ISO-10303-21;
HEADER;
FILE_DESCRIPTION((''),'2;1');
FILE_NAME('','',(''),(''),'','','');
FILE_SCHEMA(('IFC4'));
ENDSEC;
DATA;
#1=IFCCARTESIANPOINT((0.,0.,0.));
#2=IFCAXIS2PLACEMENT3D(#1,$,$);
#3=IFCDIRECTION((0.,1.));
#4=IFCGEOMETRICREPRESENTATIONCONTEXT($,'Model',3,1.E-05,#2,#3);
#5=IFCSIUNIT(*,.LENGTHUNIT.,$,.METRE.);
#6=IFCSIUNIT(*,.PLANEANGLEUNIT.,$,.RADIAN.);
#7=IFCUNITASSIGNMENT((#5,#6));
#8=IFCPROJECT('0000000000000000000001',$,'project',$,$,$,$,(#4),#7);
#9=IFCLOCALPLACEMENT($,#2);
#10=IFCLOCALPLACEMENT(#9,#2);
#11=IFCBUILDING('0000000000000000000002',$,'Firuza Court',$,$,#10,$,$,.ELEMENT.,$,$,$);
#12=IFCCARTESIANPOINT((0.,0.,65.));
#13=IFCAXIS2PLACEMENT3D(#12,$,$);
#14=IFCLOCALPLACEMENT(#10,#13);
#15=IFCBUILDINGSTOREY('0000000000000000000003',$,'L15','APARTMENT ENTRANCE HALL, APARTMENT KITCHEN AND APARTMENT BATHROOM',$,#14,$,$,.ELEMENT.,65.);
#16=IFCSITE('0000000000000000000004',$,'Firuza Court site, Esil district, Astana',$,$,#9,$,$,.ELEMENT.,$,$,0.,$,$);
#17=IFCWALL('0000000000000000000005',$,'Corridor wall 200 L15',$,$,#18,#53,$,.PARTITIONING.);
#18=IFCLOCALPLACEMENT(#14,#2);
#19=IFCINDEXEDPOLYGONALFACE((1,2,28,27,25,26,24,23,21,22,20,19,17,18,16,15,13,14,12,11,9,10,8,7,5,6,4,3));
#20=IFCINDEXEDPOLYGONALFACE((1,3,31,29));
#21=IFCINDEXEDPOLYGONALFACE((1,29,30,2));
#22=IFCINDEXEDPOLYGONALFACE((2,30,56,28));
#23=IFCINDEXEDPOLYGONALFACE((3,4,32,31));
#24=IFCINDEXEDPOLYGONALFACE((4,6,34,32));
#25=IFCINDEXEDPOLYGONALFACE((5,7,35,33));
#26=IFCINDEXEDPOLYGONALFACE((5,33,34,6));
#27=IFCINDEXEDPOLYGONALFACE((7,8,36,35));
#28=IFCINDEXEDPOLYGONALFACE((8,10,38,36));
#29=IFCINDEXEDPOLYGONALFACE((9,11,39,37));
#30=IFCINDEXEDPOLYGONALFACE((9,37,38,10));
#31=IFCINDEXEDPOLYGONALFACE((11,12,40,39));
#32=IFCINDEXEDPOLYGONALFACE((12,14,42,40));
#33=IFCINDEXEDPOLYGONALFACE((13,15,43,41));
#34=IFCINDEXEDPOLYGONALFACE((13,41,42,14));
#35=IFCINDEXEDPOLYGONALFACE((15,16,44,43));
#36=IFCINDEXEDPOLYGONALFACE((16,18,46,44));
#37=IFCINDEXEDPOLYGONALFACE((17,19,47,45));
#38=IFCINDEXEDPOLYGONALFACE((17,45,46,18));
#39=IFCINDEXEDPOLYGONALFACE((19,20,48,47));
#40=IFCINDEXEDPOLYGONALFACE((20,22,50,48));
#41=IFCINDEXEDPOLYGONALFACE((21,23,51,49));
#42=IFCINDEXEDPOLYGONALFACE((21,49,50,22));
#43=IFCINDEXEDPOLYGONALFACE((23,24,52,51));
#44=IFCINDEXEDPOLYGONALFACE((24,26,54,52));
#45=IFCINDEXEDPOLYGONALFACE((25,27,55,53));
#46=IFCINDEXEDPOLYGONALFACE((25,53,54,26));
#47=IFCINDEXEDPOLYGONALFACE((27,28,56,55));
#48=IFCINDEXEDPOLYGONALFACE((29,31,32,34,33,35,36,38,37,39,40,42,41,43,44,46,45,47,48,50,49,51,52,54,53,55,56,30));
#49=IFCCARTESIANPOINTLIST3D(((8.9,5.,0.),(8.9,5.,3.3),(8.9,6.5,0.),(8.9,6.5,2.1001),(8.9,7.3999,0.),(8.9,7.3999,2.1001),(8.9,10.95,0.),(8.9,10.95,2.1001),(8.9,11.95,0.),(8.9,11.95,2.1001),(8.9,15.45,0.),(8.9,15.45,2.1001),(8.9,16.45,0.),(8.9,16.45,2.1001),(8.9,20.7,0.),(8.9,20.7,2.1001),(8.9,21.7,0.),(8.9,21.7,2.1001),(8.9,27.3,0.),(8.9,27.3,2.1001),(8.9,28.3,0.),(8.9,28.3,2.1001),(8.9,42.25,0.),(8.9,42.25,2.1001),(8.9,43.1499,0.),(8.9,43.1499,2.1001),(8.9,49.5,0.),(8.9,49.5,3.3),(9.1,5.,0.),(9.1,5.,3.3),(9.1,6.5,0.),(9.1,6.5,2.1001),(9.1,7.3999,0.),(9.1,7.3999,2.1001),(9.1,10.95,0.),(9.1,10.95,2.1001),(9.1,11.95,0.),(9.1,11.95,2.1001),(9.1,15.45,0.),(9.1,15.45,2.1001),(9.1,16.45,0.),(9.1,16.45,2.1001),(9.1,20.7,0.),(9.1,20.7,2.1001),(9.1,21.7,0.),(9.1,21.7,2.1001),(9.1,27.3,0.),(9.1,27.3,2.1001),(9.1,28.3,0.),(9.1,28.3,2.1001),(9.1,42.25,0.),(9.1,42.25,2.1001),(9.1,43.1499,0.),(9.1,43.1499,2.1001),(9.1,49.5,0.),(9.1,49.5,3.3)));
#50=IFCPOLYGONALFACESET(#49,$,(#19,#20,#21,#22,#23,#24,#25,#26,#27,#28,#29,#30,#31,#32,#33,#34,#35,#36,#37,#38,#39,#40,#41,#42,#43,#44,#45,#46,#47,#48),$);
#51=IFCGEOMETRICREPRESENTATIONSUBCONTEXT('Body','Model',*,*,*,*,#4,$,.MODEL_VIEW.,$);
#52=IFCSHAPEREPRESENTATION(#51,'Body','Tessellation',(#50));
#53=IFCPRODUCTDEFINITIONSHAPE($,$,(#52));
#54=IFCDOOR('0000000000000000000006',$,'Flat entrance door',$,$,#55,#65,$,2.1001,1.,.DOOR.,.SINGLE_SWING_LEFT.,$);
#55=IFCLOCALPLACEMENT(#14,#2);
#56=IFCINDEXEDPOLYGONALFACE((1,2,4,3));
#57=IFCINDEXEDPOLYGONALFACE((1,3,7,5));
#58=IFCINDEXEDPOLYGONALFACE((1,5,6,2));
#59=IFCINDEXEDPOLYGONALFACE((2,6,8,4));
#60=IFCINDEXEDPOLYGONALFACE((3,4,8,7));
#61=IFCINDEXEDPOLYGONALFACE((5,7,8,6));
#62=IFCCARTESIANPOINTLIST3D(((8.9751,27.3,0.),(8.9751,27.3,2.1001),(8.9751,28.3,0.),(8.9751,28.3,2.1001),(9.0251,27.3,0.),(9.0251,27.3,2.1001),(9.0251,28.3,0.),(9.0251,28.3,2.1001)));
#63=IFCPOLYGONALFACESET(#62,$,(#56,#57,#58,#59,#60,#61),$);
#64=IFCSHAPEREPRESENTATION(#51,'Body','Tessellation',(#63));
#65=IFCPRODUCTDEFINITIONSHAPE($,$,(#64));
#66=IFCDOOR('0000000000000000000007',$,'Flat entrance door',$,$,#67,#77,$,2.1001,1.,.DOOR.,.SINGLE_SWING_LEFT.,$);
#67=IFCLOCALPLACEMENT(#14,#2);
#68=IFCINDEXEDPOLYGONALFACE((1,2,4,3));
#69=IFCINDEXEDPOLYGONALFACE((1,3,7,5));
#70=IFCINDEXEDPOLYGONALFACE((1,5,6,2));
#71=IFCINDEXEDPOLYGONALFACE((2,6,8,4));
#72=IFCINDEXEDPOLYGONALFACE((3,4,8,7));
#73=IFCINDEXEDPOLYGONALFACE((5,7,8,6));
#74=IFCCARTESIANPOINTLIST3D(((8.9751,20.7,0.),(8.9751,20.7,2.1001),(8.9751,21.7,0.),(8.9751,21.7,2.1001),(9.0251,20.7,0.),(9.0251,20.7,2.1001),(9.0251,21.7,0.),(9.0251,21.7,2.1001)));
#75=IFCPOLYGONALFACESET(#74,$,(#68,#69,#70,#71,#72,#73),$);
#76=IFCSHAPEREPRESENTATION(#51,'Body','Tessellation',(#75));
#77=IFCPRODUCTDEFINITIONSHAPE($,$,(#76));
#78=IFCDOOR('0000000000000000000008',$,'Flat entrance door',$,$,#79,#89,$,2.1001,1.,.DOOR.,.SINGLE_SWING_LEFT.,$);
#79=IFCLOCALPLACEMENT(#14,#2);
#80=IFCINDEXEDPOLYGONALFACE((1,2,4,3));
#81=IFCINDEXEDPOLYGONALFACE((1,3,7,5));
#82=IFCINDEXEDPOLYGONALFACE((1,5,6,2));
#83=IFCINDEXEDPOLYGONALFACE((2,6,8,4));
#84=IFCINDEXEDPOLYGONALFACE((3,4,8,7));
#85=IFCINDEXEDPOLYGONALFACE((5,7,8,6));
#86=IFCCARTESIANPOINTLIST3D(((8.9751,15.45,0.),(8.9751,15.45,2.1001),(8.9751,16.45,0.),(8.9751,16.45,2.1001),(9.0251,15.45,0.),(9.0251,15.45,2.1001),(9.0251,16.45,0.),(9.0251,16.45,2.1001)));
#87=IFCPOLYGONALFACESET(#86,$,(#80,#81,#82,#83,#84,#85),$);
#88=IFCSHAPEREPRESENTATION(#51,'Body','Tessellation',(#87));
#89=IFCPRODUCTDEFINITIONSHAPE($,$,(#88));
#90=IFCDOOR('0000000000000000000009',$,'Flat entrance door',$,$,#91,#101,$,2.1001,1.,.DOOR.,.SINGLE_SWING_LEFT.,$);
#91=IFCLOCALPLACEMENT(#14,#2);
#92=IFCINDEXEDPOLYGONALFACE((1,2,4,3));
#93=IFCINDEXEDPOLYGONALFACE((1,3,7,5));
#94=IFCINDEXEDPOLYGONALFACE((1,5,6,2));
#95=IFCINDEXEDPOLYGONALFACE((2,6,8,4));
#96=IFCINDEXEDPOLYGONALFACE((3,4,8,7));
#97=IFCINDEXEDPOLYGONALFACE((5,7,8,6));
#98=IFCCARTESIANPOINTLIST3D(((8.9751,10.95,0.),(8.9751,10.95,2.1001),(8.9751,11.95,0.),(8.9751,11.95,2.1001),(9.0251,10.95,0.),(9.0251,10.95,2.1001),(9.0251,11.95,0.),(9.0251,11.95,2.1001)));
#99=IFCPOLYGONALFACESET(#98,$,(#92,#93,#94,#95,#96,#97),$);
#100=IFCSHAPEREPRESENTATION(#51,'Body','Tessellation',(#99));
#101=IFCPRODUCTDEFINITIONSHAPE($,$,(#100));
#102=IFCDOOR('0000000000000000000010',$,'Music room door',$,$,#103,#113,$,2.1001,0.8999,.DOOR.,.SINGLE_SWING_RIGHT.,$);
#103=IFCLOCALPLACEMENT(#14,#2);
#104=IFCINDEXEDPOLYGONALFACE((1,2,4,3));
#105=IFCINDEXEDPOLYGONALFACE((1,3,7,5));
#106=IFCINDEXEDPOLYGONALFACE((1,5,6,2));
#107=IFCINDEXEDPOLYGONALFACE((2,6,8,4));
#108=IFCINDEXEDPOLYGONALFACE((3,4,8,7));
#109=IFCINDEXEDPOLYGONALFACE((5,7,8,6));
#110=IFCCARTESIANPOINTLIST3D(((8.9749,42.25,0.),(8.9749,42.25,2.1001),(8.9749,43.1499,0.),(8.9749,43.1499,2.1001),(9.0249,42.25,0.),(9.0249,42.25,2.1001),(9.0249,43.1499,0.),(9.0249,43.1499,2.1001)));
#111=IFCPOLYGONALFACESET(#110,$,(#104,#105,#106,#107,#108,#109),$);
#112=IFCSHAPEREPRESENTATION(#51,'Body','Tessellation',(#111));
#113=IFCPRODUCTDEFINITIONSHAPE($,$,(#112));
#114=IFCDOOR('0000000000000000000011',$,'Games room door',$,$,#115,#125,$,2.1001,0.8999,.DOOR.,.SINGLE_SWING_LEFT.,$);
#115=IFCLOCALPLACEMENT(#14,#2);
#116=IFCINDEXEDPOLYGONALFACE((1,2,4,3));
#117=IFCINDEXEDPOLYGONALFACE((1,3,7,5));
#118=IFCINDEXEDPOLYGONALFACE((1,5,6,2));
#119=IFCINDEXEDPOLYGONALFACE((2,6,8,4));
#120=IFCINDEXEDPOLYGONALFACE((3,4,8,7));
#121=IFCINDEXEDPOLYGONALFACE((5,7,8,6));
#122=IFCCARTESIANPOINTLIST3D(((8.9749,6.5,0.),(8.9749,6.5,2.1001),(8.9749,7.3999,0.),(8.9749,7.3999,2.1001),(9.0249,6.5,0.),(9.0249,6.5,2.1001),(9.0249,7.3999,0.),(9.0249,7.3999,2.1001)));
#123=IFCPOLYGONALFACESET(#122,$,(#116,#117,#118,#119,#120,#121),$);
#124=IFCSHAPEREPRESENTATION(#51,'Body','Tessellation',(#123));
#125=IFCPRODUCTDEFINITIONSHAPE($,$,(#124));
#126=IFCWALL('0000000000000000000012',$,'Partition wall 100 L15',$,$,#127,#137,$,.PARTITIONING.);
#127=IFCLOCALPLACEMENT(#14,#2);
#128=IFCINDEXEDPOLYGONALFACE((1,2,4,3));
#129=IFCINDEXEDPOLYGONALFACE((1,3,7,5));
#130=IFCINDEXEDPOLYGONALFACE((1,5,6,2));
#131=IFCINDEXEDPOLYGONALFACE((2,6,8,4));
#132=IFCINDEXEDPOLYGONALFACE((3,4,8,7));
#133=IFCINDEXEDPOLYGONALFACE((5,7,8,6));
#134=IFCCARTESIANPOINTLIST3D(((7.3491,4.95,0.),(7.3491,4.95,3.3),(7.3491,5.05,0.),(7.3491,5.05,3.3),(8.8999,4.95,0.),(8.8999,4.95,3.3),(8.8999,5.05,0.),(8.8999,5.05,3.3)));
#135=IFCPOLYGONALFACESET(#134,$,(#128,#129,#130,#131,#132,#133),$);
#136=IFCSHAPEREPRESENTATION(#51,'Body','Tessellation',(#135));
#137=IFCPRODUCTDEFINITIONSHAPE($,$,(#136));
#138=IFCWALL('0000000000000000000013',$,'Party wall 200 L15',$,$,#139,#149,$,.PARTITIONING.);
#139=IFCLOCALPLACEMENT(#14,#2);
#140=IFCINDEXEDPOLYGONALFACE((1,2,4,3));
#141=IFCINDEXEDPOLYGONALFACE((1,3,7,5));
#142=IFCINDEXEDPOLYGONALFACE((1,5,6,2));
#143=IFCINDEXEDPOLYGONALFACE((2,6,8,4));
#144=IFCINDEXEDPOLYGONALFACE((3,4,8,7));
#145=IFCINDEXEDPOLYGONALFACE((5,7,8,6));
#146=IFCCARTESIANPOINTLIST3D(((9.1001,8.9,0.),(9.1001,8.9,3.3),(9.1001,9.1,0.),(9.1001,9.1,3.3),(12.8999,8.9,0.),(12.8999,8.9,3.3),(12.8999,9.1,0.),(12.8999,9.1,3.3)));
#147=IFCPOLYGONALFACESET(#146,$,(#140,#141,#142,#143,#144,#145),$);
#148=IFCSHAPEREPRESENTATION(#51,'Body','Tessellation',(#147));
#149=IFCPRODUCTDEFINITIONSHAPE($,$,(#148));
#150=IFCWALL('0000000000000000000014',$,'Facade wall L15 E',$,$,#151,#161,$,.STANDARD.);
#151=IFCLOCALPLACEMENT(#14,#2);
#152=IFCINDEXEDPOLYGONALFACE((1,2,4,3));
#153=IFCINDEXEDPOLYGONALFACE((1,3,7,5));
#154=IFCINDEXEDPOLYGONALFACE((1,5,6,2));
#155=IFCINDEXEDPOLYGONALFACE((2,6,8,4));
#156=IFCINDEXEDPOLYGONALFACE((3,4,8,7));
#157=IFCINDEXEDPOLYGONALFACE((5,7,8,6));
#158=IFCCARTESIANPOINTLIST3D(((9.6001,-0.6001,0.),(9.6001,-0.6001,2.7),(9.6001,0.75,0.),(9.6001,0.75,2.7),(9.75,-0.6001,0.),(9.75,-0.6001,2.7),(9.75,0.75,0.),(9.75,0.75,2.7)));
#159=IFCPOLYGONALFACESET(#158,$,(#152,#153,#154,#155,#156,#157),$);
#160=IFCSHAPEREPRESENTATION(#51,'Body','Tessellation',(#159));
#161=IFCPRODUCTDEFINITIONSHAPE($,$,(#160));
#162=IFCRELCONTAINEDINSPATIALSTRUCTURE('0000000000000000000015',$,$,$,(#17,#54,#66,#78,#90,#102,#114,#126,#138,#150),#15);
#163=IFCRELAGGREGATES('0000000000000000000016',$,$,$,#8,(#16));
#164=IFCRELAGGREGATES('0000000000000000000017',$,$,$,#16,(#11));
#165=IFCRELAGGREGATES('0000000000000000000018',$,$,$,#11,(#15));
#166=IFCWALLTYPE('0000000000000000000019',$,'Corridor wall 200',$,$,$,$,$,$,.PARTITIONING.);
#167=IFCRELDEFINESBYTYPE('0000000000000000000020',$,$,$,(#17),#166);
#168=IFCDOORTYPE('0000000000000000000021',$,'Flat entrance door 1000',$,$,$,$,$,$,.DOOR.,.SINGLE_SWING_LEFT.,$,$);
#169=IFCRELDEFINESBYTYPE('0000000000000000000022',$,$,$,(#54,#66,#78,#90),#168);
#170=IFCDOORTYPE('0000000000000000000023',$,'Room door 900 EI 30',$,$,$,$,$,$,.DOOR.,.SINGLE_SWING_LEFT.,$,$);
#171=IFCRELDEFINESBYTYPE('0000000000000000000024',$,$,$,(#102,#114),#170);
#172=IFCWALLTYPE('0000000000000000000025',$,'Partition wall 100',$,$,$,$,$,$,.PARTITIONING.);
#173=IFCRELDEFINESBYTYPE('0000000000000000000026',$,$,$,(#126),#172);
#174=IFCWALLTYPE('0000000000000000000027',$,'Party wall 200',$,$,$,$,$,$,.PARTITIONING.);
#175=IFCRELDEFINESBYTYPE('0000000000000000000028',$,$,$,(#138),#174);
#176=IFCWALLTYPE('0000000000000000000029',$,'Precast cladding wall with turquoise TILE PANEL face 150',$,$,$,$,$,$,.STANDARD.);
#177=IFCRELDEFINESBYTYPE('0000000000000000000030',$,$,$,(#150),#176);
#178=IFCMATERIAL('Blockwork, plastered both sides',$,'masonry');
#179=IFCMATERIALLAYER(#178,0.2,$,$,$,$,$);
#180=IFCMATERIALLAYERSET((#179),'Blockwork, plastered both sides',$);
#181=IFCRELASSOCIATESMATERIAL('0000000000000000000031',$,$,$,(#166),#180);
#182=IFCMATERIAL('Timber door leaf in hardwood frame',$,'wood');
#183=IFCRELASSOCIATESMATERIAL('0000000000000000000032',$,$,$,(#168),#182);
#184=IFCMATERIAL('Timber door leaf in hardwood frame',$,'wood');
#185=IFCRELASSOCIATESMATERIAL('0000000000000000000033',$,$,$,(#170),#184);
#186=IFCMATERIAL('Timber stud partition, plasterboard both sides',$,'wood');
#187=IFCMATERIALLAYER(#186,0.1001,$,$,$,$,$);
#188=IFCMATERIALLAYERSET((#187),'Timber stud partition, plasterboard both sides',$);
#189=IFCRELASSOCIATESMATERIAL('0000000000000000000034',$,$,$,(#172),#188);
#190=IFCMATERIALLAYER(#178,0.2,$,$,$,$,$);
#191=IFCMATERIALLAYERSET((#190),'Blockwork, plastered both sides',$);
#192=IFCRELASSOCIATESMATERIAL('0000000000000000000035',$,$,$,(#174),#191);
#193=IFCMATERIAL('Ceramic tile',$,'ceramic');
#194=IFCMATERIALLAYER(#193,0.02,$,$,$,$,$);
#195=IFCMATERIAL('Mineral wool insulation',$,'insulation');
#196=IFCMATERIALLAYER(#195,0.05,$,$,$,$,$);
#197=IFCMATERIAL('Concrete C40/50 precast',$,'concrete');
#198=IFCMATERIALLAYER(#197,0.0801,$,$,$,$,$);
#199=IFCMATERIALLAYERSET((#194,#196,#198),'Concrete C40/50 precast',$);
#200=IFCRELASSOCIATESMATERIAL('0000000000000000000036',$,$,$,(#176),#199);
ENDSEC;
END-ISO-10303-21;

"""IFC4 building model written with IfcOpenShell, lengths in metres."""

from ifc_helpers import new_model, si_unit, direction, frame, frame_2d, origin, place, context, subcontext, project, spatial, rectangle, extrude, material, layer, layer_set, type_object, element, fill, save


model = new_model("IFC4")

# Units and contexts
model_context = context("Model", 3, precision=1e-05, world=origin(), true_north=direction((0.0, 1.0)))
body_context = subcontext(model_context, "Body", "Model", "MODEL_VIEW")
ifc_project = project(units=[si_unit("LENGTHUNIT", "METRE"), si_unit("PLANEANGLEUNIT", "RADIAN")], contexts=[model_context])

# Site, building, storey
site_placement = place(None, origin())
site = spatial("IfcSite", under=ifc_project, at=site_placement, Name="Firuza Court site, Esil district, Astana", CompositionType="ELEMENT", RefElevation=0.0)
building_placement = place(site_placement, origin())
building = spatial("IfcBuilding", under=site, at=building_placement, Name="Firuza Court", CompositionType="ELEMENT")
storey_placement = place(building_placement, frame((0.0, 0.0, 65.0)))
storey = spatial("IfcBuildingStorey", under=building, at=storey_placement, Name="L15", Description="APARTMENT ENTRANCE HALL, APARTMENT KITCHEN AND APARTMENT BATHROOM", CompositionType="ELEMENT", Elevation=65.0)

# Wall, openings, doors
ifc_material_1 = material(Name="Blockwork, plastered both sides", Category="masonry")
ifc_layer_1 = layer(ifc_material_1, 0.2)
ifc_layer_set_1 = layer_set([ifc_layer_1], Name="Blockwork, plastered both sides")
wall_type_1 = type_object("IfcWallType", Name="Corridor wall 200", PredefinedType="PARTITIONING", material=ifc_layer_set_1)
wall_1_placement = place(storey_placement, frame((9.0, 5.0, 0.0), z_axis=(0.0, 0.0, 1.0), x_axis=(0.0, 1.0, 0.0)))
wall_1 = element("IfcWall", 1, at=wall_1_placement, inside=storey, type_object=wall_type_1, Name="Corridor wall 200 L15", PredefinedType="PARTITIONING", context=body_context, shape_type="SweptSolid", body=[
    extrude(rectangle(XDim=44.5, YDim=0.2, at=frame_2d((22.25, 0.0))), origin(), (0.0, 0.0, 1.0), 3.3),
])
opening_1_placement = place(wall_1_placement, frame((22.3, 0.0, 0.0)))
opening_1 = element("IfcOpeningElement", 2, at=opening_1_placement, cuts=wall_1, PredefinedType="OPENING", context=body_context, shape_type="SweptSolid", body=[
    extrude(rectangle(XDim=1.0, YDim=2.1001, at=frame_2d((0.5, 1.05))), frame((0.0, 0.1118, 0.0), z_axis=(0.0, -1.0, 0.0), x_axis=(1.0, 0.0, 0.0)), (0.0, 0.0, 1.0), 0.2239),
])
opening_2_placement = place(wall_1_placement, frame((15.7, 0.0, 0.0)))
opening_2 = element("IfcOpeningElement", 3, at=opening_2_placement, cuts=wall_1, PredefinedType="OPENING", context=body_context, shape_type="SweptSolid", body=[
    extrude(rectangle(XDim=1.0, YDim=2.1001, at=frame_2d((0.5, 1.05))), frame((0.0, 0.1118, 0.0), z_axis=(0.0, -1.0, 0.0), x_axis=(1.0, 0.0, 0.0)), (0.0, 0.0, 1.0), 0.2239),
])
opening_3_placement = place(wall_1_placement, frame((10.45, 0.0, 0.0)))
opening_3 = element("IfcOpeningElement", 4, at=opening_3_placement, cuts=wall_1, PredefinedType="OPENING", context=body_context, shape_type="SweptSolid", body=[
    extrude(rectangle(XDim=1.0, YDim=2.1001, at=frame_2d((0.5, 1.05))), frame((0.0, 0.1118, 0.0), z_axis=(0.0, -1.0, 0.0), x_axis=(1.0, 0.0, 0.0)), (0.0, 0.0, 1.0), 0.2239),
])
opening_4_placement = place(wall_1_placement, frame((5.95, 0.0, 0.0)))
opening_4 = element("IfcOpeningElement", 5, at=opening_4_placement, cuts=wall_1, PredefinedType="OPENING", context=body_context, shape_type="SweptSolid", body=[
    extrude(rectangle(XDim=1.0, YDim=2.1001, at=frame_2d((0.5, 1.05))), frame((0.0, 0.1118, 0.0), z_axis=(0.0, -1.0, 0.0), x_axis=(1.0, 0.0, 0.0)), (0.0, 0.0, 1.0), 0.2239),
])
opening_5_placement = place(wall_1_placement, frame((37.25, 0.0, 0.0)))
opening_5 = element("IfcOpeningElement", 6, at=opening_5_placement, cuts=wall_1, PredefinedType="OPENING", context=body_context, shape_type="SweptSolid", body=[
    extrude(rectangle(XDim=0.8999, YDim=2.1001, at=frame_2d((0.45, 1.05))), frame((0.0, 0.1118, 0.0), z_axis=(0.0, -1.0, 0.0), x_axis=(1.0, 0.0, 0.0)), (0.0, 0.0, 1.0), 0.2239),
])
opening_6_placement = place(wall_1_placement, frame((1.5, 0.0, 0.0)))
opening_6 = element("IfcOpeningElement", 7, at=opening_6_placement, cuts=wall_1, PredefinedType="OPENING", context=body_context, shape_type="SweptSolid", body=[
    extrude(rectangle(XDim=0.8999, YDim=2.1001, at=frame_2d((0.45, 1.05))), frame((0.0, 0.1118, 0.0), z_axis=(0.0, -1.0, 0.0), x_axis=(1.0, 0.0, 0.0)), (0.0, 0.0, 1.0), 0.2239),
])
ifc_material_2 = material(Name="Timber door leaf in hardwood frame", Category="wood")
door_type_1 = type_object("IfcDoorType", Name="Flat entrance door 1000", OperationType="SINGLE_SWING_LEFT", PredefinedType="DOOR", material=ifc_material_2)
door_1_placement = place(opening_1_placement, origin())
door_1 = element("IfcDoor", 8, at=door_1_placement, inside=storey, type_object=door_type_1, Name="Flat entrance door", OperationType="SINGLE_SWING_LEFT", OverallHeight=2.1001, OverallWidth=1.0, PredefinedType="DOOR", context=body_context, shape_type="SweptSolid", body=[
    extrude(rectangle(XDim=1.0, YDim=2.1001, at=frame_2d((0.5, 1.05))), frame((0.0, 0.0249, 0.0), z_axis=(0.0, -1.0, 0.0), x_axis=(1.0, 0.0, 0.0)), (0.0, 0.0, 1.0), 0.05),
])
fill(opening_1, door_1)
door_2_placement = place(opening_2_placement, origin())
door_2 = element("IfcDoor", 9, at=door_2_placement, inside=storey, type_object=door_type_1, Name="Flat entrance door", OperationType="SINGLE_SWING_LEFT", OverallHeight=2.1001, OverallWidth=1.0, PredefinedType="DOOR", context=body_context, shape_type="SweptSolid", body=[
    extrude(rectangle(XDim=1.0, YDim=2.1001, at=frame_2d((0.5, 1.05))), frame((0.0, 0.0249, 0.0), z_axis=(0.0, -1.0, 0.0), x_axis=(1.0, 0.0, 0.0)), (0.0, 0.0, 1.0), 0.05),
])
fill(opening_2, door_2)
door_3_placement = place(opening_3_placement, origin())
door_3 = element("IfcDoor", 10, at=door_3_placement, inside=storey, type_object=door_type_1, Name="Flat entrance door", OperationType="SINGLE_SWING_LEFT", OverallHeight=2.1001, OverallWidth=1.0, PredefinedType="DOOR", context=body_context, shape_type="SweptSolid", body=[
    extrude(rectangle(XDim=1.0, YDim=2.1001, at=frame_2d((0.5, 1.05))), frame((0.0, 0.0249, 0.0), z_axis=(0.0, -1.0, 0.0), x_axis=(1.0, 0.0, 0.0)), (0.0, 0.0, 1.0), 0.05),
])
fill(opening_3, door_3)
door_4_placement = place(opening_4_placement, origin())
door_4 = element("IfcDoor", 11, at=door_4_placement, inside=storey, type_object=door_type_1, Name="Flat entrance door", OperationType="SINGLE_SWING_LEFT", OverallHeight=2.1001, OverallWidth=1.0, PredefinedType="DOOR", context=body_context, shape_type="SweptSolid", body=[
    extrude(rectangle(XDim=1.0, YDim=2.1001, at=frame_2d((0.5, 1.05))), frame((0.0, 0.0249, 0.0), z_axis=(0.0, -1.0, 0.0), x_axis=(1.0, 0.0, 0.0)), (0.0, 0.0, 1.0), 0.05),
])
fill(opening_4, door_4)
ifc_material_3 = material(Name="Timber door leaf in hardwood frame", Category="wood")
door_type_2 = type_object("IfcDoorType", Name="Room door 900 EI 30", OperationType="SINGLE_SWING_LEFT", PredefinedType="DOOR", material=ifc_material_3)
door_5_placement = place(opening_5_placement, frame((0.8999, 0.0, 0.0), z_axis=(0.0, 0.0, 1.0), x_axis=(-1.0, 0.0, 0.0)))
door_5 = element("IfcDoor", 12, at=door_5_placement, inside=storey, type_object=door_type_2, Name="Music room door", OperationType="SINGLE_SWING_RIGHT", OverallHeight=2.1001, OverallWidth=0.8999, PredefinedType="DOOR", context=body_context, shape_type="SweptSolid", body=[
    extrude(rectangle(XDim=0.8999, YDim=2.1001, at=frame_2d((0.45, 1.05))), frame((0.0, 0.0249, 0.0), z_axis=(0.0, -1.0, 0.0), x_axis=(1.0, 0.0, 0.0)), (0.0, 0.0, 1.0), 0.05),
])
fill(opening_5, door_5)
door_6_placement = place(opening_6_placement, frame((0.8999, 0.0, 0.0), z_axis=(0.0, 0.0, 1.0), x_axis=(-1.0, 0.0, 0.0)))
door_6 = element("IfcDoor", 13, at=door_6_placement, inside=storey, type_object=door_type_2, Name="Games room door", OperationType="SINGLE_SWING_LEFT", OverallHeight=2.1001, OverallWidth=0.8999, PredefinedType="DOOR", context=body_context, shape_type="SweptSolid", body=[
    extrude(rectangle(XDim=0.8999, YDim=2.1001, at=frame_2d((0.45, 1.05))), frame((0.0, 0.0249, 0.0), z_axis=(0.0, -1.0, 0.0), x_axis=(1.0, 0.0, 0.0)), (0.0, 0.0, 1.0), 0.05),
])
fill(opening_6, door_6)

# Walls
ifc_material_4 = material(Name="Timber stud partition, plasterboard both sides", Category="wood")
ifc_layer_2 = layer(ifc_material_4, 0.1001)
ifc_layer_set_2 = layer_set([ifc_layer_2], Name="Timber stud partition, plasterboard both sides")
wall_type_2 = type_object("IfcWallType", Name="Partition wall 100", PredefinedType="PARTITIONING", material=ifc_layer_set_2)
wall_2_placement = place(storey_placement, frame((7.3491, 5.0, 0.0), z_axis=(0.0, 0.0, 1.0), x_axis=(1.0, 0.0, 0.0)))
element("IfcWall", 14, at=wall_2_placement, inside=storey, type_object=wall_type_2, Name="Partition wall 100 L15", PredefinedType="PARTITIONING", context=body_context, shape_type="SweptSolid", body=[
    extrude(rectangle(XDim=1.5508, YDim=0.1001, at=frame_2d((0.7754, 0.0))), origin(), (0.0, 0.0, 1.0), 3.3),
])
ifc_layer_3 = layer(ifc_material_1, 0.2)
ifc_layer_set_3 = layer_set([ifc_layer_3], Name="Blockwork, plastered both sides")
wall_type_3 = type_object("IfcWallType", Name="Party wall 200", PredefinedType="PARTITIONING", material=ifc_layer_set_3)
wall_3_placement = place(storey_placement, frame((9.1001, 9.0, 0.0), z_axis=(0.0, 0.0, 1.0), x_axis=(1.0, 0.0, 0.0)))
element("IfcWall", 15, at=wall_3_placement, inside=storey, type_object=wall_type_3, Name="Party wall 200 L15", PredefinedType="PARTITIONING", context=body_context, shape_type="SweptSolid", body=[
    extrude(rectangle(XDim=3.7998, YDim=0.2, at=frame_2d((1.8999, 0.0))), origin(), (0.0, 0.0, 1.0), 3.3),
])
ifc_material_5 = material(Name="Ceramic tile", Category="ceramic")
ifc_layer_4 = layer(ifc_material_5, 0.02)
ifc_material_6 = material(Name="Mineral wool insulation", Category="insulation")
ifc_layer_5 = layer(ifc_material_6, 0.05)
ifc_material_7 = material(Name="Concrete C40/50 precast", Category="concrete")
ifc_layer_6 = layer(ifc_material_7, 0.0801)
ifc_layer_set_4 = layer_set([ifc_layer_4, ifc_layer_5, ifc_layer_6], Name="Concrete C40/50 precast")
wall_type_4 = type_object("IfcWallType", Name="Precast cladding wall with turquoise TILE PANEL face 150", PredefinedType="STANDARD", material=ifc_layer_set_4)
wall_4_placement = place(storey_placement, frame((9.675, -0.6001, 0.0), z_axis=(0.0, 0.0, 1.0), x_axis=(0.0, 1.0, 0.0)))
element("IfcWall", 16, at=wall_4_placement, inside=storey, type_object=wall_type_4, Name="Facade wall L15 E", PredefinedType="STANDARD", context=body_context, shape_type="SweptSolid", body=[
    extrude(rectangle(XDim=1.3501, YDim=0.1499, at=frame_2d((0.675, 0.0))), origin(), (0.0, 0.0, 1.0), 2.7),
])

save(model, "model.ifc")
